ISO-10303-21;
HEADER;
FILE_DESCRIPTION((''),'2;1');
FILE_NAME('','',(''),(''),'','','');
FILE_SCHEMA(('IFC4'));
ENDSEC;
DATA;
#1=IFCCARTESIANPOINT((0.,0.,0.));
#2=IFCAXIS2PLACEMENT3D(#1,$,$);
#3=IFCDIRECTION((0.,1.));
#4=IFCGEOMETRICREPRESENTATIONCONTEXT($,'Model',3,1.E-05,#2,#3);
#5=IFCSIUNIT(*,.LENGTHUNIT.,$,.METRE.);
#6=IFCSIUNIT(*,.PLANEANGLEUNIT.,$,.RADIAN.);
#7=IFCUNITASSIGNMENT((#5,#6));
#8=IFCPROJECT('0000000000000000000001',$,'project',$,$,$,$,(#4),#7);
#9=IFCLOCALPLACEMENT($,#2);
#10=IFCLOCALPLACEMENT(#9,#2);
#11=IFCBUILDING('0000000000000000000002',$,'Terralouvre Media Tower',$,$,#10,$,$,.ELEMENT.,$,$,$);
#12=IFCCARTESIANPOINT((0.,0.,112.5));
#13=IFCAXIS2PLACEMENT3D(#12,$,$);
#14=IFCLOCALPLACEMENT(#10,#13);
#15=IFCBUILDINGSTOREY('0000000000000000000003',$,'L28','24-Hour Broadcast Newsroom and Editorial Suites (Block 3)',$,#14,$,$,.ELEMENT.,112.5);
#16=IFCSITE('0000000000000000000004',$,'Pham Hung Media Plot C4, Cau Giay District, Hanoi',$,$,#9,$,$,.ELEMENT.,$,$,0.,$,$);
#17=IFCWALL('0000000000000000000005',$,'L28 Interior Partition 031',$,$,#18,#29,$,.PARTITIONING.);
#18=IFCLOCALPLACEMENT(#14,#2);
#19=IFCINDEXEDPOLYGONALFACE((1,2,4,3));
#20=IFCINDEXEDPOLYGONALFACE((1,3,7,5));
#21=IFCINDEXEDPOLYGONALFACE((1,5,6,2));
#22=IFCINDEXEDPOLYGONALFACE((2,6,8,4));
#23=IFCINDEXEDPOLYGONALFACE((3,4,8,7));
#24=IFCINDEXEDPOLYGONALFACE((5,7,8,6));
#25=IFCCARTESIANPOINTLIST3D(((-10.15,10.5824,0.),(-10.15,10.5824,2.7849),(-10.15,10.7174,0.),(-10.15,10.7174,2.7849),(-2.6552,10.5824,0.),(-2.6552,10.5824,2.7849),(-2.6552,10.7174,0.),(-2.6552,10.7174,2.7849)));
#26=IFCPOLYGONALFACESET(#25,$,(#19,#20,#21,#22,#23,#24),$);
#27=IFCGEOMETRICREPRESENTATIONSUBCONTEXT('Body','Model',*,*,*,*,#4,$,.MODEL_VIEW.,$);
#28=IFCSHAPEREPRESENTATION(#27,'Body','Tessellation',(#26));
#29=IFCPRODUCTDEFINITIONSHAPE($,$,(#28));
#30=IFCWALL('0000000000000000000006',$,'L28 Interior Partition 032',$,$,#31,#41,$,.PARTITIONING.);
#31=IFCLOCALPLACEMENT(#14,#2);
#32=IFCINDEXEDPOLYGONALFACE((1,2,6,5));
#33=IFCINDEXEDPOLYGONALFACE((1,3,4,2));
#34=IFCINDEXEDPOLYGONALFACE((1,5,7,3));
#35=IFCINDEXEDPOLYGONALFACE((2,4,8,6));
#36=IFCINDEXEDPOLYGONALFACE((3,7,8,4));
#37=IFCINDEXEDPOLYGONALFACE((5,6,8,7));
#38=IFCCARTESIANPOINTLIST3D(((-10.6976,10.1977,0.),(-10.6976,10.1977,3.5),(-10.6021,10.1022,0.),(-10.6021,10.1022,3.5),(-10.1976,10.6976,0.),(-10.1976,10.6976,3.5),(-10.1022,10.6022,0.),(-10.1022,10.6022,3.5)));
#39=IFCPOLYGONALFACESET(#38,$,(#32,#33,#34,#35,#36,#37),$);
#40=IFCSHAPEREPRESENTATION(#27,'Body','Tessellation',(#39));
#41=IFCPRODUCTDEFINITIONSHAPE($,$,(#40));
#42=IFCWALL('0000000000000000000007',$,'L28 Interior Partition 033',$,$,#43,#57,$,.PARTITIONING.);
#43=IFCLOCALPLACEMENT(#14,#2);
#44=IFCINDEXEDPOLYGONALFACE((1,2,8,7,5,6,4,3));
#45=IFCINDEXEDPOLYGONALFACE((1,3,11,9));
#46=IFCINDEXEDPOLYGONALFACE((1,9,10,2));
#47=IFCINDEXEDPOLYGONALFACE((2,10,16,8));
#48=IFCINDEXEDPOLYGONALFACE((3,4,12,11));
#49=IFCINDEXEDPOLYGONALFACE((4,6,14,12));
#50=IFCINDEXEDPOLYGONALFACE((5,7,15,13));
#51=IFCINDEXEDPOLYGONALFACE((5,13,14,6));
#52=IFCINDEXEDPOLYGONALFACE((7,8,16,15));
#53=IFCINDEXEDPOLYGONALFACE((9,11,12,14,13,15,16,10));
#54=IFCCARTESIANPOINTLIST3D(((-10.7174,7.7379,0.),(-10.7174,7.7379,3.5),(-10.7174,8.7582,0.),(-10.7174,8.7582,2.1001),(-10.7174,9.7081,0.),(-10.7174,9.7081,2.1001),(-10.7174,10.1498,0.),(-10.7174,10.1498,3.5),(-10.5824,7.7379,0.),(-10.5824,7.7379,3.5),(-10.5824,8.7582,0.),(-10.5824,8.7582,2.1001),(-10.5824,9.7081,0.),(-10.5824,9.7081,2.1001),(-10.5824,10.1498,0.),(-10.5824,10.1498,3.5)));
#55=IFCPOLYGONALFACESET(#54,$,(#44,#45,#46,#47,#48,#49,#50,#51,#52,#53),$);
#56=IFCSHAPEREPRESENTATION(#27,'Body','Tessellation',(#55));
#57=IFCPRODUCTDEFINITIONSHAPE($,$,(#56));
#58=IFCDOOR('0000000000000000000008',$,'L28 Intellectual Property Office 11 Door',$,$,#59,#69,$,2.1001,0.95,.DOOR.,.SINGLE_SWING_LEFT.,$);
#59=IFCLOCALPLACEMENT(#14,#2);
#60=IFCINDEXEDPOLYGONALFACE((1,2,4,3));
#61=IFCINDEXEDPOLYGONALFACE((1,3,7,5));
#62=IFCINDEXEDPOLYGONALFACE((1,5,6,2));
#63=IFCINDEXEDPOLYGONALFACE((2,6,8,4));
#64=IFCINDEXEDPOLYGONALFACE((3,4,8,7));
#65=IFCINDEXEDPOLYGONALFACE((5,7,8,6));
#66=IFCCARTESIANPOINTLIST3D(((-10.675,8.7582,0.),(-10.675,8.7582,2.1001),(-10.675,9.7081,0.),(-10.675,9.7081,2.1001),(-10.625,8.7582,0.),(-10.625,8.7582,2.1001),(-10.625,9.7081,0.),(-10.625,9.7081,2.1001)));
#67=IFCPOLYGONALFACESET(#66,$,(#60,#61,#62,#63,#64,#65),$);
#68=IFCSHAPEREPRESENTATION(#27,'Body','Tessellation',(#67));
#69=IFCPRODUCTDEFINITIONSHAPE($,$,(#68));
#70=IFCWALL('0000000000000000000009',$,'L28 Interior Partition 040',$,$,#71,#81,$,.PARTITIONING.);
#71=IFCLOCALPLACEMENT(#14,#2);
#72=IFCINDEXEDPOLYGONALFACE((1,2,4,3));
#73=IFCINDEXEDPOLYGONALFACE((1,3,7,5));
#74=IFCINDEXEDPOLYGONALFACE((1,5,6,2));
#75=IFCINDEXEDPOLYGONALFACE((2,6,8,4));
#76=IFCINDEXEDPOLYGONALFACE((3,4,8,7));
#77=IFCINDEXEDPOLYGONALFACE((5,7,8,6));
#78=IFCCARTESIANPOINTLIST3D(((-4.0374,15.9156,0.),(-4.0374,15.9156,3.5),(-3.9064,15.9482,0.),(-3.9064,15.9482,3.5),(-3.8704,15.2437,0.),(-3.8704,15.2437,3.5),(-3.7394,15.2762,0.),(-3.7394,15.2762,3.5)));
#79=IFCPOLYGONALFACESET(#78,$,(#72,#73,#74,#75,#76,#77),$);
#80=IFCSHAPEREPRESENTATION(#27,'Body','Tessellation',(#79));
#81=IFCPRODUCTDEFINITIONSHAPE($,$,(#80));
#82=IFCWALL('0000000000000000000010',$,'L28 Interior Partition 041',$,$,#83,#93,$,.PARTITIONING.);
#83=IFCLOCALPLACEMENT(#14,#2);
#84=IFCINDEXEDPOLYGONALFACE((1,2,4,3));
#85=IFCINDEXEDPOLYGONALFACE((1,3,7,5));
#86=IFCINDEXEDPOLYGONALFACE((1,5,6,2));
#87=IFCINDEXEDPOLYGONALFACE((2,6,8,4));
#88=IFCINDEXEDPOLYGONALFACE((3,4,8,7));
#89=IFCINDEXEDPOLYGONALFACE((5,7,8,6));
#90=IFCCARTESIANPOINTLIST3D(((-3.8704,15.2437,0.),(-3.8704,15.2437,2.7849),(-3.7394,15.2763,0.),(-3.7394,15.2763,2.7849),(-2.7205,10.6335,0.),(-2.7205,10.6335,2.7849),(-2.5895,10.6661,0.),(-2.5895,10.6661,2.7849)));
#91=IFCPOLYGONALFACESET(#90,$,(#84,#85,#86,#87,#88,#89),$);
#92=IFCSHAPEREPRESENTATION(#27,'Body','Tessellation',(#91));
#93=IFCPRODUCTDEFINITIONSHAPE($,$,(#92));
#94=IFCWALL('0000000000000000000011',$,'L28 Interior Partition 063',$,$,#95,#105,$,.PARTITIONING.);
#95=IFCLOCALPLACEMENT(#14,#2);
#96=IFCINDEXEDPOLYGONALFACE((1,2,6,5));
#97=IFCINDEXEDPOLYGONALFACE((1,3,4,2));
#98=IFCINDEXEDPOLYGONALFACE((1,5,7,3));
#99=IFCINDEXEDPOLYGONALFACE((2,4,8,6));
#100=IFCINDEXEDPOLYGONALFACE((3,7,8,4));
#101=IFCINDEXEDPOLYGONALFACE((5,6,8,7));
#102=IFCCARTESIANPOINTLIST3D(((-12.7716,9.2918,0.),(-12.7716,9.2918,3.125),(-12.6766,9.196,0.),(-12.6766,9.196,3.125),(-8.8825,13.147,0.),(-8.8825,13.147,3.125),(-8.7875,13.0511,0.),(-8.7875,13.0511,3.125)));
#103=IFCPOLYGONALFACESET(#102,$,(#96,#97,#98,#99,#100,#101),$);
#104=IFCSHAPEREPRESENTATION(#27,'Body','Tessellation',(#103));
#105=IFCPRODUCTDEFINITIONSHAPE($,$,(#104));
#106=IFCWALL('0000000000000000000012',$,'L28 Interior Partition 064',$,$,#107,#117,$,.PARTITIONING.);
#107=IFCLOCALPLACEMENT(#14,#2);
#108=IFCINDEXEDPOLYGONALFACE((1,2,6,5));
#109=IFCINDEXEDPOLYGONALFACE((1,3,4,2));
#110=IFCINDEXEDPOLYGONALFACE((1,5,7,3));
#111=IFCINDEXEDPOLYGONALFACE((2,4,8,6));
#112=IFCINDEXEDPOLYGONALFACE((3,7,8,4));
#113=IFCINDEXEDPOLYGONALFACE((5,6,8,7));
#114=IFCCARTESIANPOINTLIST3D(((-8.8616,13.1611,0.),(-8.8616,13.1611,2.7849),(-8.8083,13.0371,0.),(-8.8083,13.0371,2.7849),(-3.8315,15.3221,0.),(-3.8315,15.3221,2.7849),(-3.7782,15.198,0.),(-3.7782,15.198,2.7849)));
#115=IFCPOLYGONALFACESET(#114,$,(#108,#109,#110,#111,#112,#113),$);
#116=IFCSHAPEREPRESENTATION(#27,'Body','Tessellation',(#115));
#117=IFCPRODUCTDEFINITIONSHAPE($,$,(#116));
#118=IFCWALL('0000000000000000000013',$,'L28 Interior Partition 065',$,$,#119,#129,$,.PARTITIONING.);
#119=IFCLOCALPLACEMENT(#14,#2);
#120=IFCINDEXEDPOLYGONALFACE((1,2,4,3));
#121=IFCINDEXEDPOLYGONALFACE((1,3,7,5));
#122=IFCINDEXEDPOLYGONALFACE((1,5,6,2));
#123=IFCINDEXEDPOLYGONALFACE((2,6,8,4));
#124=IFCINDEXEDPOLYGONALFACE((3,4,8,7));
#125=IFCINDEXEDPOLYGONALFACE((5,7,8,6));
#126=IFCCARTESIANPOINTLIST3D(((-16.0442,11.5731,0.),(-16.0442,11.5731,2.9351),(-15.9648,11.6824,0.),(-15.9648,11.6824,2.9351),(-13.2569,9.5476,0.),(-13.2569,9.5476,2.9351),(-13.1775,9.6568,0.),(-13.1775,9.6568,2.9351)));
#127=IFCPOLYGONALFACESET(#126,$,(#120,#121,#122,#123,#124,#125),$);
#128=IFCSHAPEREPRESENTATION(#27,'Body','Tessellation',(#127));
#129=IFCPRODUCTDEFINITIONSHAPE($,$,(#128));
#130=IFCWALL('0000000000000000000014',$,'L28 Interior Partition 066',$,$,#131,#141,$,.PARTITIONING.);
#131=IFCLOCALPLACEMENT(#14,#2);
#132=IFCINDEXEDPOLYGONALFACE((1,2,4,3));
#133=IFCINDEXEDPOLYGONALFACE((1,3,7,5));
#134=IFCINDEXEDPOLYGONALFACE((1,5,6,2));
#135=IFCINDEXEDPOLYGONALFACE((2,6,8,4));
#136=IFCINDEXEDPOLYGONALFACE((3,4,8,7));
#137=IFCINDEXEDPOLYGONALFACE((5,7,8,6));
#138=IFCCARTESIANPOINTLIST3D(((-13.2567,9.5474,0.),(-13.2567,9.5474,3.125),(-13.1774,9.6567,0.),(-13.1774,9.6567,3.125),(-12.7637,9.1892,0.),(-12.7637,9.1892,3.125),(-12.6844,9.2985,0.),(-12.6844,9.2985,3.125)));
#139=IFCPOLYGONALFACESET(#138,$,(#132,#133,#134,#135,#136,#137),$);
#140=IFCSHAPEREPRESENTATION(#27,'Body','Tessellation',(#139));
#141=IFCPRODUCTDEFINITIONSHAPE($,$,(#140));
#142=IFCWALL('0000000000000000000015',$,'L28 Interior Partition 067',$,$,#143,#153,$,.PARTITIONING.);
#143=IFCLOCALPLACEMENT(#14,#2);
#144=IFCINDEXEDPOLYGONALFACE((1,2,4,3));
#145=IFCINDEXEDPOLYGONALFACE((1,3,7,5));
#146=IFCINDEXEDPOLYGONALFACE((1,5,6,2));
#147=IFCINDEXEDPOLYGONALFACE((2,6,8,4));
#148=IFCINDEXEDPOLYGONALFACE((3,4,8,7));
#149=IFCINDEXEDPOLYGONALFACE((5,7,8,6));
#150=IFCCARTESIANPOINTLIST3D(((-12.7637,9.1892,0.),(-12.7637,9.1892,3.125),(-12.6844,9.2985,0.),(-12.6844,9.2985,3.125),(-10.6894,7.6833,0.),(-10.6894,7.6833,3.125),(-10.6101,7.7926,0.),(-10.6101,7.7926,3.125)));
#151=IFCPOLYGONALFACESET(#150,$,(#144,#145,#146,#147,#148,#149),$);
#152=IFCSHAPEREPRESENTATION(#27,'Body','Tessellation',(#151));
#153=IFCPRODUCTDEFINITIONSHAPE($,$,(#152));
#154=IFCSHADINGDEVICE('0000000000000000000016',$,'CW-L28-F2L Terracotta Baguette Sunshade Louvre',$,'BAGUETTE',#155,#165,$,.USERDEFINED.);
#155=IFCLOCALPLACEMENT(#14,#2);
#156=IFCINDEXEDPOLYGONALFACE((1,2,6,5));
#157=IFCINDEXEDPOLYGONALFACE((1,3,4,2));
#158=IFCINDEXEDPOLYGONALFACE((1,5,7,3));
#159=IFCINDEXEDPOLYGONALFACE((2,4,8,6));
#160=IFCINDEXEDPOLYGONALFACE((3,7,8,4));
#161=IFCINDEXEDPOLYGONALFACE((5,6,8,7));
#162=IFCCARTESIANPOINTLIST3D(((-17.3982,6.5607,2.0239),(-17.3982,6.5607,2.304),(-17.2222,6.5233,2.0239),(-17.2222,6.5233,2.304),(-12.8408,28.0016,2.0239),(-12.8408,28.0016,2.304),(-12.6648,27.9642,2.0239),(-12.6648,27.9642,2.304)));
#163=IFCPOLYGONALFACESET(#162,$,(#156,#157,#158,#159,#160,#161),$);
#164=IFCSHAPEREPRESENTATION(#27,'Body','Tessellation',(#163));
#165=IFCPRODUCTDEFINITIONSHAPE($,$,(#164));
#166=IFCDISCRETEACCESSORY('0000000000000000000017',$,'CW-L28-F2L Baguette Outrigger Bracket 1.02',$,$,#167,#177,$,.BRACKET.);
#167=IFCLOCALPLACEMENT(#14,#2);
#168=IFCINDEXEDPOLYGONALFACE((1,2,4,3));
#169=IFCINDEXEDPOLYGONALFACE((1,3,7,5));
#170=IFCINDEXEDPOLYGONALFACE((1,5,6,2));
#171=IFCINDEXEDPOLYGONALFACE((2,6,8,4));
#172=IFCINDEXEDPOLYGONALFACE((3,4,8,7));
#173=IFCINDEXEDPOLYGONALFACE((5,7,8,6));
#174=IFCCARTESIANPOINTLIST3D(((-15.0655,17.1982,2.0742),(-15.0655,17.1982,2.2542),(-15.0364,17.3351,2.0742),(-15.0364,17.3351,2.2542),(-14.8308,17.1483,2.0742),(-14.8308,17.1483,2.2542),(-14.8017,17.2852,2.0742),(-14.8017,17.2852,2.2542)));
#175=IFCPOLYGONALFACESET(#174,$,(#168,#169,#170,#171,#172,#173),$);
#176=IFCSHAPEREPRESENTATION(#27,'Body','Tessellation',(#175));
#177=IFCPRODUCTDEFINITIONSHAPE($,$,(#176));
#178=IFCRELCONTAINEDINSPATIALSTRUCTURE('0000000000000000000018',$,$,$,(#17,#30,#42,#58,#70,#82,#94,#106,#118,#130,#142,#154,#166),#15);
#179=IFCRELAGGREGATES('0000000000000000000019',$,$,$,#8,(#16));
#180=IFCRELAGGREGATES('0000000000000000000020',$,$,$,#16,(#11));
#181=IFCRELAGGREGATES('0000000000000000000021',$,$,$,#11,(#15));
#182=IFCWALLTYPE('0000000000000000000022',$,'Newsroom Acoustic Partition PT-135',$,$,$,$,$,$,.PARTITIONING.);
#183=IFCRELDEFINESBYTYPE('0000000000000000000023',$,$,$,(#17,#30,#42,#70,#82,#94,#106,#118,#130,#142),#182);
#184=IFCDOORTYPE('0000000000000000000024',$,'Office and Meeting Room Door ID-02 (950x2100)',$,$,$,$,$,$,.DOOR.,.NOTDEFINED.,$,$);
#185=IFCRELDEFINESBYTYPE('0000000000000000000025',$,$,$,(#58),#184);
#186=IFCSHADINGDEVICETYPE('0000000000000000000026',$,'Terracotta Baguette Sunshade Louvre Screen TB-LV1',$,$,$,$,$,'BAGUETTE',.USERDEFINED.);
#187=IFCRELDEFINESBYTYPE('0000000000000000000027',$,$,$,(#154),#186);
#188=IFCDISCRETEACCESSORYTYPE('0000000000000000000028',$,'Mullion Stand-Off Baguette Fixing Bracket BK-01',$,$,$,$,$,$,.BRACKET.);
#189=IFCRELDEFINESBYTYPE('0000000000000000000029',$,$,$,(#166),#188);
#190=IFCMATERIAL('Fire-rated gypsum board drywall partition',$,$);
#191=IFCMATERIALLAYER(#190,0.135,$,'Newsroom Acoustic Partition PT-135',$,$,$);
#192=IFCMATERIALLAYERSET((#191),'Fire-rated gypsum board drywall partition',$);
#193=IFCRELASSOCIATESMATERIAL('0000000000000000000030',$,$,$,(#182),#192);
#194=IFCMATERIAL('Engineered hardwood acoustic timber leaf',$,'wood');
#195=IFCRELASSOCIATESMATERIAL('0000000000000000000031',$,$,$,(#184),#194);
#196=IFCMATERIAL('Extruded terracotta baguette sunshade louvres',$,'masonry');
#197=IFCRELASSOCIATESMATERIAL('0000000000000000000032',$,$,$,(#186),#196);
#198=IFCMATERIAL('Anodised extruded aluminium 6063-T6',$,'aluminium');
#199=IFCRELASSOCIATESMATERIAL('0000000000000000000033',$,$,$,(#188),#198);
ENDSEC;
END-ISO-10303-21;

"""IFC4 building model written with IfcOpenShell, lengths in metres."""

from ifc_helpers import new_model, si_unit, direction, frame, frame_2d, origin, origin_2d, place, context, subcontext, project, spatial, rectangle, extrude, material, layer, layer_set, type_object, element, fill, save


model = new_model("IFC4")

# Units and contexts
model_context = context("Model", 3, precision=1e-05, world=origin(), true_north=direction((0.0, 1.0)))
body_context = subcontext(model_context, "Body", "Model", "MODEL_VIEW")
ifc_project = project(units=[si_unit("LENGTHUNIT", "METRE"), si_unit("PLANEANGLEUNIT", "RADIAN")], contexts=[model_context])

# Site, building, storey
site_placement = place(None, origin())
site = spatial("IfcSite", under=ifc_project, at=site_placement, Name="Pham Hung Media Plot C4, Cau Giay District, Hanoi", CompositionType="ELEMENT", RefElevation=0.0)
building_placement = place(site_placement, origin())
building = spatial("IfcBuilding", under=site, at=building_placement, Name="Terralouvre Media Tower", CompositionType="ELEMENT")
storey_placement = place(building_placement, frame((0.0, 0.0, 112.5)))
storey = spatial("IfcBuildingStorey", under=building, at=storey_placement, Name="L28", Description="24-Hour Broadcast Newsroom and Editorial Suites (Block 3)", CompositionType="ELEMENT", Elevation=112.5)

# Walls
ifc_material_1 = material(Name="Fire-rated gypsum board drywall partition")
ifc_layer_1 = layer(ifc_material_1, 0.135, Name="Newsroom Acoustic Partition PT-135")
ifc_layer_set_1 = layer_set([ifc_layer_1], Name="Fire-rated gypsum board drywall partition")
wall_type = type_object("IfcWallType", Name="Newsroom Acoustic Partition PT-135", PredefinedType="PARTITIONING", material=ifc_layer_set_1)
wall_1_placement = place(storey_placement, frame((-2.655, 10.6499, 0.0), z_axis=(0.0, 0.0, 1.0), x_axis=(-1.0, 0.0, 0.0)))
element("IfcWall", 1, at=wall_1_placement, inside=storey, type_object=wall_type, Name="L28 Interior Partition 031", PredefinedType="PARTITIONING", context=body_context, shape_type="SweptSolid", body=[
    extrude(rectangle(XDim=7.4949, YDim=0.135, at=frame_2d((3.7476, 0.0))), origin(), (0.0, 0.0, 1.0), 2.7849),
])
wall_2_placement = place(storey_placement, frame((-10.1499, 10.6499, 0.0), z_axis=(0.0, 0.0, 1.0), x_axis=(-0.707107, -0.707107, 0.0)))
element("IfcWall", 2, at=wall_2_placement, inside=storey, type_object=wall_type, Name="L28 Interior Partition 032", PredefinedType="PARTITIONING", context=body_context, shape_type="SweptSolid", body=[
    extrude(rectangle(XDim=0.707, YDim=0.135, at=frame_2d((0.3535, 0.0))), origin(), (0.0, 0.0, 1.0), 3.5),
])

# Wall, opening, door
wall_3_placement = place(storey_placement, frame((-10.6499, 10.1499, 0.0), z_axis=(0.0, 0.0, 1.0), x_axis=(0.0, -1.0, 0.0)))
wall_3 = element("IfcWall", 3, at=wall_3_placement, inside=storey, type_object=wall_type, Name="L28 Interior Partition 033", PredefinedType="PARTITIONING", context=body_context, shape_type="SweptSolid", body=[
    extrude(rectangle(XDim=2.4119, YDim=0.135, at=frame_2d((1.2061, 0.0))), origin(), (0.0, 0.0, 1.0), 3.5),
])
opening_placement = place(wall_3_placement, frame((0.4417, 0.0, 0.0)))
opening = element("IfcOpeningElement", 4, at=opening_placement, cuts=wall_3, PredefinedType="OPENING", context=body_context, shape_type="SweptSolid", body=[
    extrude(rectangle(XDim=0.95, YDim=2.1001, at=frame_2d((0.4751, 1.05))), frame((0.0, 0.0774, 0.0), z_axis=(0.0, -1.0, 0.0), x_axis=(1.0, 0.0, 0.0)), (0.0, 0.0, 1.0), 0.155),
])
ifc_material_2 = material(Name="Engineered hardwood acoustic timber leaf", Category="wood")
door_type = type_object("IfcDoorType", Name="Office and Meeting Room Door ID-02 (950x2100)", OperationType="NOTDEFINED", PredefinedType="DOOR", material=ifc_material_2)
door_placement = place(opening_placement, origin())
door = element("IfcDoor", 5, at=door_placement, inside=storey, type_object=door_type, Name="L28 Intellectual Property Office 11 Door", OperationType="SINGLE_SWING_LEFT", OverallHeight=2.1001, OverallWidth=0.95, PredefinedType="DOOR", context=body_context, shape_type="SweptSolid", body=[
    extrude(rectangle(XDim=0.95, YDim=2.1001, at=frame_2d((0.4751, 1.05))), frame((0.0, 0.0249, 0.0), z_axis=(0.0, -1.0, 0.0), x_axis=(1.0, 0.0, 0.0)), (0.0, 0.0, 1.0), 0.05),
])
fill(opening, door)

# Walls
wall_4_placement = place(storey_placement, frame((-3.9719, 15.9319, 0.0), z_axis=(0.0, 0.0, 1.0), x_axis=(0.241208, -0.970473, 0.0)))
element("IfcWall", 6, at=wall_4_placement, inside=storey, type_object=wall_type, Name="L28 Interior Partition 040", PredefinedType="PARTITIONING", context=body_context, shape_type="SweptSolid", body=[
    extrude(rectangle(XDim=0.6924, YDim=0.135, at=frame_2d((0.3462, 0.0))), origin(), (0.0, 0.0, 1.0), 3.5),
])
wall_5_placement = place(storey_placement, frame((-3.8049, 15.26, 0.0), z_axis=(0.0, 0.0, 1.0), x_axis=(0.242016, -0.970272, 0.0)))
element("IfcWall", 7, at=wall_5_placement, inside=storey, type_object=wall_type, Name="L28 Interior Partition 041", PredefinedType="PARTITIONING", context=body_context, shape_type="SweptSolid", body=[
    extrude(rectangle(XDim=4.7515, YDim=0.135, at=frame_2d((2.3757, 0.0))), origin(), (0.0, 0.0, 1.0), 2.7849),
])
wall_6_placement = place(storey_placement, frame((-12.7241, 9.2439, 0.0), z_axis=(0.0, 0.0, 1.0), x_axis=(0.710198, 0.704002, 0.0)))
element("IfcWall", 8, at=wall_6_placement, inside=storey, type_object=wall_type, Name="L28 Interior Partition 063", PredefinedType="PARTITIONING", context=body_context, shape_type="SweptSolid", body=[
    extrude(rectangle(XDim=5.4761, YDim=0.135, at=frame_2d((2.738, 0.0))), origin(), (0.0, 0.0, 1.0), 3.125),
])
wall_7_placement = place(storey_placement, frame((-8.835, 13.0991, 0.0), z_axis=(0.0, 0.0, 1.0), x_axis=(0.918803, 0.394716, 0.0)))
element("IfcWall", 9, at=wall_7_placement, inside=storey, type_object=wall_type, Name="L28 Interior Partition 064", PredefinedType="PARTITIONING", context=body_context, shape_type="SweptSolid", body=[
    extrude(rectangle(XDim=5.4746, YDim=0.135, at=frame_2d((2.7373, 0.0))), origin(), (0.0, 0.0, 1.0), 2.7849),
])
wall_8_placement = place(storey_placement, frame((-16.0044, 11.6277, 0.0), z_axis=(0.0, 0.0, 1.0), x_axis=(0.808947, -0.587881, 0.0)))
element("IfcWall", 10, at=wall_8_placement, inside=storey, type_object=wall_type, Name="L28 Interior Partition 065", PredefinedType="PARTITIONING", context=body_context, shape_type="SweptSolid", body=[
    extrude(rectangle(XDim=3.4456, YDim=0.135, at=frame_2d((1.7227, 0.0))), origin(), (0.0, 0.0, 1.0), 2.9351),
])
wall_9_placement = place(storey_placement, frame((-13.217, 9.6021, 0.0), z_axis=(0.0, 0.0, 1.0), x_axis=(0.808996, -0.587814, 0.0)))
element("IfcWall", 11, at=wall_9_placement, inside=storey, type_object=wall_type, Name="L28 Interior Partition 066", PredefinedType="PARTITIONING", context=body_context, shape_type="SweptSolid", body=[
    extrude(rectangle(XDim=0.6094, YDim=0.135, at=frame_2d((0.3047, 0.0))), origin(), (0.0, 0.0, 1.0), 3.125),
])
wall_10_placement = place(storey_placement, frame((-12.7241, 9.2439, 0.0), z_axis=(0.0, 0.0, 1.0), x_axis=(0.80923, -0.587492, 0.0)))
element("IfcWall", 12, at=wall_10_placement, inside=storey, type_object=wall_type, Name="L28 Interior Partition 067", PredefinedType="PARTITIONING", context=body_context, shape_type="SweptSolid", body=[
    extrude(rectangle(XDim=2.5632, YDim=0.135, at=frame_2d((1.2817, 0.0))), origin(), (0.0, 0.0, 1.0), 3.125),
])

# Shading device
ifc_material_3 = material(Name="Extruded terracotta baguette sunshade louvres", Category="masonry")
shading_device_type = type_object("IfcShadingDeviceType", Name="Terracotta Baguette Sunshade Louvre Screen TB-LV1", ElementType="BAGUETTE", PredefinedType="USERDEFINED", material=ifc_material_3)
shading_device_placement = place(storey_placement, frame((-15.0315, 17.2625, 2.0239), z_axis=(0.0, 0.0, 1.0), x_axis=(-0.207912, -0.978148, 0.0)))
element("IfcShadingDevice", 13, at=shading_device_placement, inside=storey, type_object=shading_device_type, Name="CW-L28-F2L Terracotta Baguette Sunshade Louvre", ObjectType="BAGUETTE", PredefinedType="USERDEFINED", context=body_context, shape_type="SweptSolid", body=[
    extrude(rectangle(XDim=21.9199, YDim=0.1799, at=origin_2d()), origin(), (0.0, 0.0, 1.0), 0.28),
])

# Discrete accessory
ifc_material_4 = material(Name="Anodised extruded aluminium 6063-T6", Category="aluminium")
discrete_accessory_type = type_object("IfcDiscreteAccessoryType", Name="Mullion Stand-Off Baguette Fixing Bracket BK-01", PredefinedType="BRACKET", material=ifc_material_4)
discrete_accessory_placement = place(storey_placement, frame((-14.9336, 17.2417, 2.0742), z_axis=(0.0, 0.0, 1.0), x_axis=(-0.207912, -0.978148, 0.0)))
element("IfcDiscreteAccessory", 14, at=discrete_accessory_placement, inside=storey, type_object=discrete_accessory_type, Name="CW-L28-F2L Baguette Outrigger Bracket 1.02", PredefinedType="BRACKET", context=body_context, shape_type="SweptSolid", body=[
    extrude(rectangle(XDim=0.1399, YDim=0.24, at=origin_2d()), origin(), (0.0, 0.0, 1.0), 0.1799),
])

save(model, "model.ifc")
